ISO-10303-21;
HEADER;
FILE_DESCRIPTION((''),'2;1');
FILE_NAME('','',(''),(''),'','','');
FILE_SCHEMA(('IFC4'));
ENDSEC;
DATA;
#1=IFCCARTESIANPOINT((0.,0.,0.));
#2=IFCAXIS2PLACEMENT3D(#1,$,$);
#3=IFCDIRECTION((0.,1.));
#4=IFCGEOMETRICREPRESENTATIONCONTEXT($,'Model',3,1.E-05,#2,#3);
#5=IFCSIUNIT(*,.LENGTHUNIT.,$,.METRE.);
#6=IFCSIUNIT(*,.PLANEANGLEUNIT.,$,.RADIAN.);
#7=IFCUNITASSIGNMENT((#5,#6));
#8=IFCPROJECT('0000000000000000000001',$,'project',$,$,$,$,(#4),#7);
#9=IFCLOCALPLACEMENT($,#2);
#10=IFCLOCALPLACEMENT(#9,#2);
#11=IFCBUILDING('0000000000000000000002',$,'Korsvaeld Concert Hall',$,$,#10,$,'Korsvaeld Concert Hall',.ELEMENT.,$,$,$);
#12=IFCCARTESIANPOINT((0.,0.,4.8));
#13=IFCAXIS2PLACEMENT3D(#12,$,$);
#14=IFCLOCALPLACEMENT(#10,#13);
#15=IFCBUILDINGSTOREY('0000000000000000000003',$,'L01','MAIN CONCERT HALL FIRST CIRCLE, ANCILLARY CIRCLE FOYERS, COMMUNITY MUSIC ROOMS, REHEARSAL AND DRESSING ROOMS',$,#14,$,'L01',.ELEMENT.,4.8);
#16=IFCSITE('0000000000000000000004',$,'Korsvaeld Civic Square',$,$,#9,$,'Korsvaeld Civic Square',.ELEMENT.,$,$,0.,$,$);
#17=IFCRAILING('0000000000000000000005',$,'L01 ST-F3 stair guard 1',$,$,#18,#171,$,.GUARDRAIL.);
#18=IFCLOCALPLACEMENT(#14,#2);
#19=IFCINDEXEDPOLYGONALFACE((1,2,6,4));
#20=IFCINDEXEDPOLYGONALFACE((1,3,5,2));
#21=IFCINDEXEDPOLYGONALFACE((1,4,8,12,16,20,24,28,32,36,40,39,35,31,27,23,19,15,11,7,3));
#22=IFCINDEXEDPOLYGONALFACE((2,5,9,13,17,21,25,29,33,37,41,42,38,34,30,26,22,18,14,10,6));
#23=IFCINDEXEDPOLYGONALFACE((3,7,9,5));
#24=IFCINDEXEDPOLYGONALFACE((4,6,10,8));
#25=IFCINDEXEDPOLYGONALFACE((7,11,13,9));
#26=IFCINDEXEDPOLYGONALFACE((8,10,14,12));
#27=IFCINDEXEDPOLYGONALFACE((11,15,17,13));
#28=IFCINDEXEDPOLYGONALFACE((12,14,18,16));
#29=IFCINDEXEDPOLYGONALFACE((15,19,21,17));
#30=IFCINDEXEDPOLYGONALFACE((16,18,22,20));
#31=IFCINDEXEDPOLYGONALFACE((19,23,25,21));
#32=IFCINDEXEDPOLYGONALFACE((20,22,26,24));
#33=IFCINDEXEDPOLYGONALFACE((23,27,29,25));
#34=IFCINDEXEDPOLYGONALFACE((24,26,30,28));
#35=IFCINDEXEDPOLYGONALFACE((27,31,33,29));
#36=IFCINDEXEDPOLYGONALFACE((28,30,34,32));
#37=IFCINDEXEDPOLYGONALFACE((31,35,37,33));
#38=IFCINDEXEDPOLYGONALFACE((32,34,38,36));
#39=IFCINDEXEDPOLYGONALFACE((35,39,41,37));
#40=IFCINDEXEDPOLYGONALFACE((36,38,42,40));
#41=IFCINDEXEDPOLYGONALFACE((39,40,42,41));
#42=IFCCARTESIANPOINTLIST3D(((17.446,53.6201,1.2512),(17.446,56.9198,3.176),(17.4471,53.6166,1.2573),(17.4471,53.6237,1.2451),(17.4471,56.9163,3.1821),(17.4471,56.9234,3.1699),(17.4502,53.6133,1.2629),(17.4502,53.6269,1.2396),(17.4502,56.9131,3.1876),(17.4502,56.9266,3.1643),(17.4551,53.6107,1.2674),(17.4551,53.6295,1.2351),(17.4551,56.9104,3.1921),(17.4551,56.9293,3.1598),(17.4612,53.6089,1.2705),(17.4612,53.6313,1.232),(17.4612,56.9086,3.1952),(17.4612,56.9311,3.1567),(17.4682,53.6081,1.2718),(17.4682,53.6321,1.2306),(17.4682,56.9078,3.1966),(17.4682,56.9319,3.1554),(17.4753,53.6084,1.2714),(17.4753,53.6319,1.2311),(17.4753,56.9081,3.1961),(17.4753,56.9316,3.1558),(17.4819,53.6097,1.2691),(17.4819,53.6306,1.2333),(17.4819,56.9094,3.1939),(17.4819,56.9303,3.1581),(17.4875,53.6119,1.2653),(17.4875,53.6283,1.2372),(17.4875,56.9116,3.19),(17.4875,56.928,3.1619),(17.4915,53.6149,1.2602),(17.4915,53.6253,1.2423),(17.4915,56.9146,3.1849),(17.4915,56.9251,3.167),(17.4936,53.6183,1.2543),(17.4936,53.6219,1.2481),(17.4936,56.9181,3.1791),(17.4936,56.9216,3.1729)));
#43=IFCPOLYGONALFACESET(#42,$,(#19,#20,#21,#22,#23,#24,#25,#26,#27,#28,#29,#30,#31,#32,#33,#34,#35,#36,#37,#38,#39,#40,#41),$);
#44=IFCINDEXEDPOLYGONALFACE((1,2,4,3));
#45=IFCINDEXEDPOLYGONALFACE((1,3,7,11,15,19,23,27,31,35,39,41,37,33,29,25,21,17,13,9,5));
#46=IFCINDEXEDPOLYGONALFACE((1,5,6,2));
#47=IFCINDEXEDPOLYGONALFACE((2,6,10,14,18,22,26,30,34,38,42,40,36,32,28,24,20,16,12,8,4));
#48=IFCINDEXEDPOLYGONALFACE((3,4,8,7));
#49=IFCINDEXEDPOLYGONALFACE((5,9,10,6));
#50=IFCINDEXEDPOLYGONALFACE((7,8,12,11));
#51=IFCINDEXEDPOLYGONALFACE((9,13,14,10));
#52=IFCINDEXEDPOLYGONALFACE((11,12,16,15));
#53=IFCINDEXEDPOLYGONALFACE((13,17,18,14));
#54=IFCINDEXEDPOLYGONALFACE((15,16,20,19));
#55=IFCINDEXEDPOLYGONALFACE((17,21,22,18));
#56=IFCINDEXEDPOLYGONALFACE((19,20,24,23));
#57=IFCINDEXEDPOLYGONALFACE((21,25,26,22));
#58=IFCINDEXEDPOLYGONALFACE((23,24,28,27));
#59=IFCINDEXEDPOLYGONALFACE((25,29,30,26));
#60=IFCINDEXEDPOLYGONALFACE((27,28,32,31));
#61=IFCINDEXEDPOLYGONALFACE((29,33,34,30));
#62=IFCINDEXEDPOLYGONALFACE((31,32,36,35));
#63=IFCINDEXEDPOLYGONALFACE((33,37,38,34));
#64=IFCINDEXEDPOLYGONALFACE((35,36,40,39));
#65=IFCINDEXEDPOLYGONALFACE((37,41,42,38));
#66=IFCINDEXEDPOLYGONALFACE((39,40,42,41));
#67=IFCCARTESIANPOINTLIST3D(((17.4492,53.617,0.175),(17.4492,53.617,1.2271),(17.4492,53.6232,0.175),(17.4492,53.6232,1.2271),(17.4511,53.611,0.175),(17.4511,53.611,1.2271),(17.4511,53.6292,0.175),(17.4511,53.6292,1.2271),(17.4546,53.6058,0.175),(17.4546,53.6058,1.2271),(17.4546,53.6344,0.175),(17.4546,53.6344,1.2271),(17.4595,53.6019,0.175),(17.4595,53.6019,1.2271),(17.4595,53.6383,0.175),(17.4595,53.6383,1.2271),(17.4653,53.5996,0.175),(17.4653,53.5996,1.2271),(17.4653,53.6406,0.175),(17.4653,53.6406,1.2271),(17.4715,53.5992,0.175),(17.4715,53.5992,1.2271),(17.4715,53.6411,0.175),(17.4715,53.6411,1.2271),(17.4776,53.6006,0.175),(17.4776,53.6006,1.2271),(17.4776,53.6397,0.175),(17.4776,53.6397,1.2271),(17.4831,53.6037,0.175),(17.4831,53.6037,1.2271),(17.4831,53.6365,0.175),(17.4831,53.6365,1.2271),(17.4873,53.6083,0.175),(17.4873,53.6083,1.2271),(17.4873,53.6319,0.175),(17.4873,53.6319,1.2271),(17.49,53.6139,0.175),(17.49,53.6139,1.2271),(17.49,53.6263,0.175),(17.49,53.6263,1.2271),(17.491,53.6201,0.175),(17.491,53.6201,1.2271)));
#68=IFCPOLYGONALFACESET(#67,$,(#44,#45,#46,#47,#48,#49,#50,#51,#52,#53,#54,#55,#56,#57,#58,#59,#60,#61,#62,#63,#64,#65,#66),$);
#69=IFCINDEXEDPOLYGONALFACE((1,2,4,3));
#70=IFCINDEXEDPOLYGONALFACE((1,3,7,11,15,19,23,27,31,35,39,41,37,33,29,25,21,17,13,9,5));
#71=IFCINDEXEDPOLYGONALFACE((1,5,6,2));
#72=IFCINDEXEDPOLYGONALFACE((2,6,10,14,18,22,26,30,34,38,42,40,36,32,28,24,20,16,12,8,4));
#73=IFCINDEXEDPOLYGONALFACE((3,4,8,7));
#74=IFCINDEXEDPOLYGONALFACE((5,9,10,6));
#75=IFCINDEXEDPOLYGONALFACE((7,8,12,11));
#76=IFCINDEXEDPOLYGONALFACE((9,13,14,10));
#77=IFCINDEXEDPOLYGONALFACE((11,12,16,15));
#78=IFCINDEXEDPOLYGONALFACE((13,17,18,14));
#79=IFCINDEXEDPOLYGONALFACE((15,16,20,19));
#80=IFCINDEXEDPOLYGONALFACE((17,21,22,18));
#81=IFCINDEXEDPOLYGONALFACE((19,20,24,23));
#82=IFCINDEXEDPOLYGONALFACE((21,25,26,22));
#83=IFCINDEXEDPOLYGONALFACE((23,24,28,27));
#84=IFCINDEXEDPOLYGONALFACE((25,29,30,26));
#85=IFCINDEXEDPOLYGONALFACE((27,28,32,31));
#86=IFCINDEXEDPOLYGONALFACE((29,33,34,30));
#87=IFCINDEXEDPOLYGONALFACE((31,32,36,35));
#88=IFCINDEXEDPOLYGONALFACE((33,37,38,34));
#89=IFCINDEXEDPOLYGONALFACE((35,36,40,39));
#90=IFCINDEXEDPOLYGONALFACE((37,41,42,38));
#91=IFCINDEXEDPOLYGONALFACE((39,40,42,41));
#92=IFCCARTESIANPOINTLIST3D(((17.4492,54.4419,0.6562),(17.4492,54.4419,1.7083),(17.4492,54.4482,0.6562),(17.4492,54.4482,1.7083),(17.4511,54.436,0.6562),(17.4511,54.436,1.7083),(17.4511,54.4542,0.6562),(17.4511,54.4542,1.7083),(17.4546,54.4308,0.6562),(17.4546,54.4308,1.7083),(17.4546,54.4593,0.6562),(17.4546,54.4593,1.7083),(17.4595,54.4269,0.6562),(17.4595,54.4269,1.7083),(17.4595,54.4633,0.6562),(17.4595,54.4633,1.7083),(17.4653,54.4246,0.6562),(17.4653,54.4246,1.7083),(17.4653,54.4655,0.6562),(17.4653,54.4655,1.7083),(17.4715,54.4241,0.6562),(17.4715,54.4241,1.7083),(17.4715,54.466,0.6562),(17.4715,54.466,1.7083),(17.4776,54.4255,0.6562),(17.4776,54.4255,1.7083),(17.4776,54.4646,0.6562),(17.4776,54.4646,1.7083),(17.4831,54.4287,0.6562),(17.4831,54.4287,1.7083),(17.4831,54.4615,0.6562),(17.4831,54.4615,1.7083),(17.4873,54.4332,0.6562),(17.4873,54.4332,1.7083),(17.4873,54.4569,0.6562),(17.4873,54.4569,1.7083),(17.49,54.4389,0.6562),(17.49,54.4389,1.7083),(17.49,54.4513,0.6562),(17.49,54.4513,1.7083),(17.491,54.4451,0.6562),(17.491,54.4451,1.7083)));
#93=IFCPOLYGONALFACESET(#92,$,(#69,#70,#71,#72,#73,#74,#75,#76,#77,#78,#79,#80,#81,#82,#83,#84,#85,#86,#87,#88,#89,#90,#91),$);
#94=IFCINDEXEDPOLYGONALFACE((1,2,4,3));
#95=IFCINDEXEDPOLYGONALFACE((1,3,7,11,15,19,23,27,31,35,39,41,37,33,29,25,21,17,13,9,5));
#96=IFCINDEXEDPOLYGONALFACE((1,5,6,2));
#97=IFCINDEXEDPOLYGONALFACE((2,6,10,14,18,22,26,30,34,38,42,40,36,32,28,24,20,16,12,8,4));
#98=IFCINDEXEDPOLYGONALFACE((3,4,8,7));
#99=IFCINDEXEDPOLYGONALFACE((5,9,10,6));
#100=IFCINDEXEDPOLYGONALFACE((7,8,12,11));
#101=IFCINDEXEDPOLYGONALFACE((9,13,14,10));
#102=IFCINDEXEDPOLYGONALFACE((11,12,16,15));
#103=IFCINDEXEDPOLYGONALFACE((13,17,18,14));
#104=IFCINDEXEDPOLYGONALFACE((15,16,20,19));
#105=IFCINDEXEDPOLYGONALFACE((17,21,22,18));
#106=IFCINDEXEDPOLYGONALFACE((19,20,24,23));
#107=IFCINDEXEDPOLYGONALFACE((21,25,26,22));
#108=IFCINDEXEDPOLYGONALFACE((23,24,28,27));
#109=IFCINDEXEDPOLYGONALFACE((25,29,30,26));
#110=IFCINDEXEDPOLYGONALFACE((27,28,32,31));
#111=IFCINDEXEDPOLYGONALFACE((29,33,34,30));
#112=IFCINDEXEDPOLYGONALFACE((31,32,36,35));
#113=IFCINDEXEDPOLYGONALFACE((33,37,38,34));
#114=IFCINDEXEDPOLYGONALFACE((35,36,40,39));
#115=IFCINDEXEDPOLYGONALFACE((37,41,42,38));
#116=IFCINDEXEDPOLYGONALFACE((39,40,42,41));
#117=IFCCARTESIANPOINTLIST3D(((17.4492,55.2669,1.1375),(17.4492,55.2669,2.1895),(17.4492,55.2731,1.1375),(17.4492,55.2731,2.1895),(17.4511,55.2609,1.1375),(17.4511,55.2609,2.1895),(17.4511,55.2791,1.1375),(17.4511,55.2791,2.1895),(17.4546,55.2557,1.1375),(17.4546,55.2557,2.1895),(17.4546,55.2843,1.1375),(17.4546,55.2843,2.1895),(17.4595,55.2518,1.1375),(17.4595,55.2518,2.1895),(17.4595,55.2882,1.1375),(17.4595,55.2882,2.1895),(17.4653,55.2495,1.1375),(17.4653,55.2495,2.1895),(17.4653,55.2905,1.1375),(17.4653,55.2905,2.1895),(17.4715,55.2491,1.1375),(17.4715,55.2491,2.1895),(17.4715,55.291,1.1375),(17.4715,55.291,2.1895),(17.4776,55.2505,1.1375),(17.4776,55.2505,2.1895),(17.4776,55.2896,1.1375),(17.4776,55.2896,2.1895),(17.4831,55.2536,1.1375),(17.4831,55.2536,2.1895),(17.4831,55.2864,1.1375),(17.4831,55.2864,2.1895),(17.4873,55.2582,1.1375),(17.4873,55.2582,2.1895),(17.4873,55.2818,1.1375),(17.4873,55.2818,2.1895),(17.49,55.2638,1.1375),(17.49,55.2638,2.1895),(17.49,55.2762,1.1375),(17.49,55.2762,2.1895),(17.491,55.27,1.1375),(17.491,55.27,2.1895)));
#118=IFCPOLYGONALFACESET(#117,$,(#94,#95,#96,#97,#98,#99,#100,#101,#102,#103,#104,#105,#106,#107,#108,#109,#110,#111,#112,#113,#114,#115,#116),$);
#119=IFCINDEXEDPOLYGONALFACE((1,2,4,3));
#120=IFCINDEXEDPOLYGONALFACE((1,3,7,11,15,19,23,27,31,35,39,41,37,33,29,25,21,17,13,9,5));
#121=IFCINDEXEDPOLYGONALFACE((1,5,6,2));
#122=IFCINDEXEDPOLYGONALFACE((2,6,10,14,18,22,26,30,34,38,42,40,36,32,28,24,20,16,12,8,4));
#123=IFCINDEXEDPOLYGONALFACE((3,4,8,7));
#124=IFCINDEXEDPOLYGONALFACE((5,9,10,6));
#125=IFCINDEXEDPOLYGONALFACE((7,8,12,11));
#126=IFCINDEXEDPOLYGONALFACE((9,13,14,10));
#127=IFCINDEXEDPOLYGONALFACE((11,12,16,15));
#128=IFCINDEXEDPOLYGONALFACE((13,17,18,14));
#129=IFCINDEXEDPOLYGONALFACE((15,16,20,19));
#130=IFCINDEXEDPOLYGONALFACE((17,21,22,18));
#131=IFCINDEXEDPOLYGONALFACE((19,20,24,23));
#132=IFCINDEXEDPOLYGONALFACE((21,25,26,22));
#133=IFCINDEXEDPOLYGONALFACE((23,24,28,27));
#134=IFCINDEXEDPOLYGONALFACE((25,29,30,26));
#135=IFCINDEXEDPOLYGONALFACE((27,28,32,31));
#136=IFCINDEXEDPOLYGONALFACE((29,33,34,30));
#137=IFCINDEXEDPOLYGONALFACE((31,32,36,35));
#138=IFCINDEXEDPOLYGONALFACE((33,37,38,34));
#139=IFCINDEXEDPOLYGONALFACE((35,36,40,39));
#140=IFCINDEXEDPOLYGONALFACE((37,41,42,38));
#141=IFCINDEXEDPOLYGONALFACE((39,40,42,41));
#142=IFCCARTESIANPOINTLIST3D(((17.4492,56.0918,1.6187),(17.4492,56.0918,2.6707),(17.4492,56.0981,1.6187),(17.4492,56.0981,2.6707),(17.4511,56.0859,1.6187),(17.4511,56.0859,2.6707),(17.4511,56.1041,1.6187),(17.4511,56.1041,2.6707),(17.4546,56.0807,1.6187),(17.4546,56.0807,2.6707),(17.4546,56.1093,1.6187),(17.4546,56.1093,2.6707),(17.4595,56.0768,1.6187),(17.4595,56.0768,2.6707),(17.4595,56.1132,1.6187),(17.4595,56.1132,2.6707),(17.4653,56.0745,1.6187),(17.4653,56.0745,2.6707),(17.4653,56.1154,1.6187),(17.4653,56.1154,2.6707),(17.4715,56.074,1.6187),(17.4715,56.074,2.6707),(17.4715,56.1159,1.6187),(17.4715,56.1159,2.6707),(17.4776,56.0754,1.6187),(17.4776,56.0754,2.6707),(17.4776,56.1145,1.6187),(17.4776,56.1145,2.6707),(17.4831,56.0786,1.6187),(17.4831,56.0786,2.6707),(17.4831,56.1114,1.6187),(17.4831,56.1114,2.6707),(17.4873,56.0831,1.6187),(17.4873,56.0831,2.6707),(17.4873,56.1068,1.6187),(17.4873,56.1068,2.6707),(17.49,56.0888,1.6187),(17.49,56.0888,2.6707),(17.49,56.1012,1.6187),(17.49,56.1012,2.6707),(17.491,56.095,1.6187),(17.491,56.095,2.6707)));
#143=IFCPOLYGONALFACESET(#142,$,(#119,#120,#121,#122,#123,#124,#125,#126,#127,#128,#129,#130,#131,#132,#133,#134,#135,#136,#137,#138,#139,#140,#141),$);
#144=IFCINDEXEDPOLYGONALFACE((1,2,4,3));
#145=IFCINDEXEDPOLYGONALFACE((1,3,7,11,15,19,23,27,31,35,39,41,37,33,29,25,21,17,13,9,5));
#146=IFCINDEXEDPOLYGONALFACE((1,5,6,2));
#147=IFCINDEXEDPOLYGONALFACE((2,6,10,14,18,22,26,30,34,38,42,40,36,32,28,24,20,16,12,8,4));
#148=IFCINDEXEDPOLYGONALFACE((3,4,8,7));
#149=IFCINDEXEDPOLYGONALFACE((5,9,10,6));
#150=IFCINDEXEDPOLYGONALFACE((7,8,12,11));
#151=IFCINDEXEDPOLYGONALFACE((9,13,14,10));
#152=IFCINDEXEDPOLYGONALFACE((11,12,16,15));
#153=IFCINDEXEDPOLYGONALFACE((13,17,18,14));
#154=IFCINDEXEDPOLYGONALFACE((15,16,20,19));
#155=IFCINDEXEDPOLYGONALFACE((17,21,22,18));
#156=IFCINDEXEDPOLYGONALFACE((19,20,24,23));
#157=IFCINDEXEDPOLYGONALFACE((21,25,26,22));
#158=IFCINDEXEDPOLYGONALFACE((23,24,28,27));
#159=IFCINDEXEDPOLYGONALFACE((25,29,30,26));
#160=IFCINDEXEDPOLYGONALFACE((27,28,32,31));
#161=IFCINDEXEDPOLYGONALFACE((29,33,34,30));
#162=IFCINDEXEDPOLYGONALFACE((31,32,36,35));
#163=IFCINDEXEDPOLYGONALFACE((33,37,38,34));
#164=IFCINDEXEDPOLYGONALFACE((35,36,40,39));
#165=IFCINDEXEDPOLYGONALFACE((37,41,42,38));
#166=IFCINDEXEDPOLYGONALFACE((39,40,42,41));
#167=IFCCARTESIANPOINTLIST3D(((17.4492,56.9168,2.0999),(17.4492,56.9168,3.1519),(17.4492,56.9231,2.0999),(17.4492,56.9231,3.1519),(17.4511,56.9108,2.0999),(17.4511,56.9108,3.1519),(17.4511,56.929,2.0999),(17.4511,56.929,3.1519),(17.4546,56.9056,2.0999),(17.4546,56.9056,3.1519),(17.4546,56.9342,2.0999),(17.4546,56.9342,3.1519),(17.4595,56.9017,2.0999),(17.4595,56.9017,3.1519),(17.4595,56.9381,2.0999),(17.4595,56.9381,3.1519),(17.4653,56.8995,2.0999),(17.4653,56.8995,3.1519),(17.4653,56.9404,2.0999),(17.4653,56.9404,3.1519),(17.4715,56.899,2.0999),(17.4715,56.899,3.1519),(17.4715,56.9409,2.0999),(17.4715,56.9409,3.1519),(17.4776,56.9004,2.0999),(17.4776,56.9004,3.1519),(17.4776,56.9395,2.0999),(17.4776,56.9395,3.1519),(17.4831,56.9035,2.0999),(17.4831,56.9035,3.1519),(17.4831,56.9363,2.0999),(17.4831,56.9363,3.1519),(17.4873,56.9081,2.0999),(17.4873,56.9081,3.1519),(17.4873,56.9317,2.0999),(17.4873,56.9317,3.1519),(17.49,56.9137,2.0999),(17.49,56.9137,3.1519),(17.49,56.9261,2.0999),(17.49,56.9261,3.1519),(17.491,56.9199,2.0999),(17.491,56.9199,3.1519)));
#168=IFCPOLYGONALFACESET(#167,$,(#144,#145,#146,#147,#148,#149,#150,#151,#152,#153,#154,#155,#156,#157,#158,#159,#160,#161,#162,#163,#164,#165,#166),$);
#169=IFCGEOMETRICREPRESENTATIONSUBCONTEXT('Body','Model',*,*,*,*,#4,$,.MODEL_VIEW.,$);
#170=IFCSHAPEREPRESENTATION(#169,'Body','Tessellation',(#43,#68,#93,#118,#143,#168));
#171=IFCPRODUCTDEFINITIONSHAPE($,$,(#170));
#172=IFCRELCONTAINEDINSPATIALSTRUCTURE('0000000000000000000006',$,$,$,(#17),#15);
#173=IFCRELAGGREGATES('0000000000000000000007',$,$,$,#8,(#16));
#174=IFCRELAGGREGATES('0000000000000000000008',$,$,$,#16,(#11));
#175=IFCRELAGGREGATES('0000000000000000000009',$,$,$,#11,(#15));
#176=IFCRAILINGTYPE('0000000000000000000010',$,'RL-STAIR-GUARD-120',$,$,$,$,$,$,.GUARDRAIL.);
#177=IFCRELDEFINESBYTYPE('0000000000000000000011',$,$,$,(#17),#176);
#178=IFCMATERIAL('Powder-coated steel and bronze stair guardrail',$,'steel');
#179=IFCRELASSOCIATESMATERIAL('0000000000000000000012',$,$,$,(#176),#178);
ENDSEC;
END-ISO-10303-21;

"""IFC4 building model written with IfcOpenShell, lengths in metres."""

from ifc_helpers import new_model, si_unit, direction, frame, origin, origin_2d, place, context, subcontext, project, spatial, circle, extrude, material, type_object, element, save


model = new_model("IFC4")

# Units and contexts
model_context = context("Model", 3, precision=1e-05, world=origin(), true_north=direction((0.0, 1.0)))
body_context = subcontext(model_context, "Body", "Model", "MODEL_VIEW")
ifc_project = project(units=[si_unit("LENGTHUNIT", "METRE"), si_unit("PLANEANGLEUNIT", "RADIAN")], contexts=[model_context])

# Site, building, storey
site_placement = place(None, origin())
site = spatial("IfcSite", under=ifc_project, at=site_placement, Name="Korsvaeld Civic Square", LongName="Korsvaeld Civic Square", CompositionType="ELEMENT", RefElevation=0.0)
building_placement = place(site_placement, origin())
building = spatial("IfcBuilding", under=site, at=building_placement, Name="Korsvaeld Concert Hall", LongName="Korsvaeld Concert Hall", CompositionType="ELEMENT")
storey_placement = place(building_placement, frame((0.0, 0.0, 4.8)))
storey = spatial("IfcBuildingStorey", under=building, at=storey_placement, Name="L01", Description="MAIN CONCERT HALL FIRST CIRCLE, ANCILLARY CIRCLE FOYERS, COMMUNITY MUSIC ROOMS, REHEARSAL AND DRESSING ROOMS", LongName="L01", CompositionType="ELEMENT", Elevation=4.8)

# Railing
ifc_material_1 = material(Name="Powder-coated steel and bronze stair guardrail", Category="steel")
railing_type_1 = type_object("IfcRailingType", Name="RL-STAIR-GUARD-120", PredefinedType="GUARDRAIL", material=ifc_material_1)
railing_1_placement = place(storey_placement, frame((17.47, 53.6201, 0.175)))
element("IfcRailing", 1, at=railing_1_placement, inside=storey, type_object=railing_type_1, Name="L01 ST-F3 stair guard 1", PredefinedType="GUARDRAIL", context=body_context, shape_type="SweptSolid", body=[
    extrude(circle(Radius=0.0239, at=origin_2d()), frame((0.0, 0.0, 1.0762), z_axis=(0.0, 0.863788, 0.503855), x_axis=(-1.0, 0.0, 0.0)), (0.0, 0.0, 1.0), 3.8201),
    extrude(circle(Radius=0.021, at=origin_2d()), origin(), (0.0, 0.0, 1.0), 1.052),
    extrude(circle(Radius=0.021, at=origin_2d()), frame((0.0, 0.825, 0.4812)), (0.0, 0.0, 1.0), 1.052),
    extrude(circle(Radius=0.021, at=origin_2d()), frame((0.0, 1.6499, 0.9624)), (0.0, 0.0, 1.0), 1.052),
    extrude(circle(Radius=0.021, at=origin_2d()), frame((0.0, 2.4749, 1.4436)), (0.0, 0.0, 1.0), 1.052),
    extrude(circle(Radius=0.021, at=origin_2d()), frame((0.0, 3.2998, 1.9248)), (0.0, 0.0, 1.0), 1.052),
])

save(model, "model.ifc")
